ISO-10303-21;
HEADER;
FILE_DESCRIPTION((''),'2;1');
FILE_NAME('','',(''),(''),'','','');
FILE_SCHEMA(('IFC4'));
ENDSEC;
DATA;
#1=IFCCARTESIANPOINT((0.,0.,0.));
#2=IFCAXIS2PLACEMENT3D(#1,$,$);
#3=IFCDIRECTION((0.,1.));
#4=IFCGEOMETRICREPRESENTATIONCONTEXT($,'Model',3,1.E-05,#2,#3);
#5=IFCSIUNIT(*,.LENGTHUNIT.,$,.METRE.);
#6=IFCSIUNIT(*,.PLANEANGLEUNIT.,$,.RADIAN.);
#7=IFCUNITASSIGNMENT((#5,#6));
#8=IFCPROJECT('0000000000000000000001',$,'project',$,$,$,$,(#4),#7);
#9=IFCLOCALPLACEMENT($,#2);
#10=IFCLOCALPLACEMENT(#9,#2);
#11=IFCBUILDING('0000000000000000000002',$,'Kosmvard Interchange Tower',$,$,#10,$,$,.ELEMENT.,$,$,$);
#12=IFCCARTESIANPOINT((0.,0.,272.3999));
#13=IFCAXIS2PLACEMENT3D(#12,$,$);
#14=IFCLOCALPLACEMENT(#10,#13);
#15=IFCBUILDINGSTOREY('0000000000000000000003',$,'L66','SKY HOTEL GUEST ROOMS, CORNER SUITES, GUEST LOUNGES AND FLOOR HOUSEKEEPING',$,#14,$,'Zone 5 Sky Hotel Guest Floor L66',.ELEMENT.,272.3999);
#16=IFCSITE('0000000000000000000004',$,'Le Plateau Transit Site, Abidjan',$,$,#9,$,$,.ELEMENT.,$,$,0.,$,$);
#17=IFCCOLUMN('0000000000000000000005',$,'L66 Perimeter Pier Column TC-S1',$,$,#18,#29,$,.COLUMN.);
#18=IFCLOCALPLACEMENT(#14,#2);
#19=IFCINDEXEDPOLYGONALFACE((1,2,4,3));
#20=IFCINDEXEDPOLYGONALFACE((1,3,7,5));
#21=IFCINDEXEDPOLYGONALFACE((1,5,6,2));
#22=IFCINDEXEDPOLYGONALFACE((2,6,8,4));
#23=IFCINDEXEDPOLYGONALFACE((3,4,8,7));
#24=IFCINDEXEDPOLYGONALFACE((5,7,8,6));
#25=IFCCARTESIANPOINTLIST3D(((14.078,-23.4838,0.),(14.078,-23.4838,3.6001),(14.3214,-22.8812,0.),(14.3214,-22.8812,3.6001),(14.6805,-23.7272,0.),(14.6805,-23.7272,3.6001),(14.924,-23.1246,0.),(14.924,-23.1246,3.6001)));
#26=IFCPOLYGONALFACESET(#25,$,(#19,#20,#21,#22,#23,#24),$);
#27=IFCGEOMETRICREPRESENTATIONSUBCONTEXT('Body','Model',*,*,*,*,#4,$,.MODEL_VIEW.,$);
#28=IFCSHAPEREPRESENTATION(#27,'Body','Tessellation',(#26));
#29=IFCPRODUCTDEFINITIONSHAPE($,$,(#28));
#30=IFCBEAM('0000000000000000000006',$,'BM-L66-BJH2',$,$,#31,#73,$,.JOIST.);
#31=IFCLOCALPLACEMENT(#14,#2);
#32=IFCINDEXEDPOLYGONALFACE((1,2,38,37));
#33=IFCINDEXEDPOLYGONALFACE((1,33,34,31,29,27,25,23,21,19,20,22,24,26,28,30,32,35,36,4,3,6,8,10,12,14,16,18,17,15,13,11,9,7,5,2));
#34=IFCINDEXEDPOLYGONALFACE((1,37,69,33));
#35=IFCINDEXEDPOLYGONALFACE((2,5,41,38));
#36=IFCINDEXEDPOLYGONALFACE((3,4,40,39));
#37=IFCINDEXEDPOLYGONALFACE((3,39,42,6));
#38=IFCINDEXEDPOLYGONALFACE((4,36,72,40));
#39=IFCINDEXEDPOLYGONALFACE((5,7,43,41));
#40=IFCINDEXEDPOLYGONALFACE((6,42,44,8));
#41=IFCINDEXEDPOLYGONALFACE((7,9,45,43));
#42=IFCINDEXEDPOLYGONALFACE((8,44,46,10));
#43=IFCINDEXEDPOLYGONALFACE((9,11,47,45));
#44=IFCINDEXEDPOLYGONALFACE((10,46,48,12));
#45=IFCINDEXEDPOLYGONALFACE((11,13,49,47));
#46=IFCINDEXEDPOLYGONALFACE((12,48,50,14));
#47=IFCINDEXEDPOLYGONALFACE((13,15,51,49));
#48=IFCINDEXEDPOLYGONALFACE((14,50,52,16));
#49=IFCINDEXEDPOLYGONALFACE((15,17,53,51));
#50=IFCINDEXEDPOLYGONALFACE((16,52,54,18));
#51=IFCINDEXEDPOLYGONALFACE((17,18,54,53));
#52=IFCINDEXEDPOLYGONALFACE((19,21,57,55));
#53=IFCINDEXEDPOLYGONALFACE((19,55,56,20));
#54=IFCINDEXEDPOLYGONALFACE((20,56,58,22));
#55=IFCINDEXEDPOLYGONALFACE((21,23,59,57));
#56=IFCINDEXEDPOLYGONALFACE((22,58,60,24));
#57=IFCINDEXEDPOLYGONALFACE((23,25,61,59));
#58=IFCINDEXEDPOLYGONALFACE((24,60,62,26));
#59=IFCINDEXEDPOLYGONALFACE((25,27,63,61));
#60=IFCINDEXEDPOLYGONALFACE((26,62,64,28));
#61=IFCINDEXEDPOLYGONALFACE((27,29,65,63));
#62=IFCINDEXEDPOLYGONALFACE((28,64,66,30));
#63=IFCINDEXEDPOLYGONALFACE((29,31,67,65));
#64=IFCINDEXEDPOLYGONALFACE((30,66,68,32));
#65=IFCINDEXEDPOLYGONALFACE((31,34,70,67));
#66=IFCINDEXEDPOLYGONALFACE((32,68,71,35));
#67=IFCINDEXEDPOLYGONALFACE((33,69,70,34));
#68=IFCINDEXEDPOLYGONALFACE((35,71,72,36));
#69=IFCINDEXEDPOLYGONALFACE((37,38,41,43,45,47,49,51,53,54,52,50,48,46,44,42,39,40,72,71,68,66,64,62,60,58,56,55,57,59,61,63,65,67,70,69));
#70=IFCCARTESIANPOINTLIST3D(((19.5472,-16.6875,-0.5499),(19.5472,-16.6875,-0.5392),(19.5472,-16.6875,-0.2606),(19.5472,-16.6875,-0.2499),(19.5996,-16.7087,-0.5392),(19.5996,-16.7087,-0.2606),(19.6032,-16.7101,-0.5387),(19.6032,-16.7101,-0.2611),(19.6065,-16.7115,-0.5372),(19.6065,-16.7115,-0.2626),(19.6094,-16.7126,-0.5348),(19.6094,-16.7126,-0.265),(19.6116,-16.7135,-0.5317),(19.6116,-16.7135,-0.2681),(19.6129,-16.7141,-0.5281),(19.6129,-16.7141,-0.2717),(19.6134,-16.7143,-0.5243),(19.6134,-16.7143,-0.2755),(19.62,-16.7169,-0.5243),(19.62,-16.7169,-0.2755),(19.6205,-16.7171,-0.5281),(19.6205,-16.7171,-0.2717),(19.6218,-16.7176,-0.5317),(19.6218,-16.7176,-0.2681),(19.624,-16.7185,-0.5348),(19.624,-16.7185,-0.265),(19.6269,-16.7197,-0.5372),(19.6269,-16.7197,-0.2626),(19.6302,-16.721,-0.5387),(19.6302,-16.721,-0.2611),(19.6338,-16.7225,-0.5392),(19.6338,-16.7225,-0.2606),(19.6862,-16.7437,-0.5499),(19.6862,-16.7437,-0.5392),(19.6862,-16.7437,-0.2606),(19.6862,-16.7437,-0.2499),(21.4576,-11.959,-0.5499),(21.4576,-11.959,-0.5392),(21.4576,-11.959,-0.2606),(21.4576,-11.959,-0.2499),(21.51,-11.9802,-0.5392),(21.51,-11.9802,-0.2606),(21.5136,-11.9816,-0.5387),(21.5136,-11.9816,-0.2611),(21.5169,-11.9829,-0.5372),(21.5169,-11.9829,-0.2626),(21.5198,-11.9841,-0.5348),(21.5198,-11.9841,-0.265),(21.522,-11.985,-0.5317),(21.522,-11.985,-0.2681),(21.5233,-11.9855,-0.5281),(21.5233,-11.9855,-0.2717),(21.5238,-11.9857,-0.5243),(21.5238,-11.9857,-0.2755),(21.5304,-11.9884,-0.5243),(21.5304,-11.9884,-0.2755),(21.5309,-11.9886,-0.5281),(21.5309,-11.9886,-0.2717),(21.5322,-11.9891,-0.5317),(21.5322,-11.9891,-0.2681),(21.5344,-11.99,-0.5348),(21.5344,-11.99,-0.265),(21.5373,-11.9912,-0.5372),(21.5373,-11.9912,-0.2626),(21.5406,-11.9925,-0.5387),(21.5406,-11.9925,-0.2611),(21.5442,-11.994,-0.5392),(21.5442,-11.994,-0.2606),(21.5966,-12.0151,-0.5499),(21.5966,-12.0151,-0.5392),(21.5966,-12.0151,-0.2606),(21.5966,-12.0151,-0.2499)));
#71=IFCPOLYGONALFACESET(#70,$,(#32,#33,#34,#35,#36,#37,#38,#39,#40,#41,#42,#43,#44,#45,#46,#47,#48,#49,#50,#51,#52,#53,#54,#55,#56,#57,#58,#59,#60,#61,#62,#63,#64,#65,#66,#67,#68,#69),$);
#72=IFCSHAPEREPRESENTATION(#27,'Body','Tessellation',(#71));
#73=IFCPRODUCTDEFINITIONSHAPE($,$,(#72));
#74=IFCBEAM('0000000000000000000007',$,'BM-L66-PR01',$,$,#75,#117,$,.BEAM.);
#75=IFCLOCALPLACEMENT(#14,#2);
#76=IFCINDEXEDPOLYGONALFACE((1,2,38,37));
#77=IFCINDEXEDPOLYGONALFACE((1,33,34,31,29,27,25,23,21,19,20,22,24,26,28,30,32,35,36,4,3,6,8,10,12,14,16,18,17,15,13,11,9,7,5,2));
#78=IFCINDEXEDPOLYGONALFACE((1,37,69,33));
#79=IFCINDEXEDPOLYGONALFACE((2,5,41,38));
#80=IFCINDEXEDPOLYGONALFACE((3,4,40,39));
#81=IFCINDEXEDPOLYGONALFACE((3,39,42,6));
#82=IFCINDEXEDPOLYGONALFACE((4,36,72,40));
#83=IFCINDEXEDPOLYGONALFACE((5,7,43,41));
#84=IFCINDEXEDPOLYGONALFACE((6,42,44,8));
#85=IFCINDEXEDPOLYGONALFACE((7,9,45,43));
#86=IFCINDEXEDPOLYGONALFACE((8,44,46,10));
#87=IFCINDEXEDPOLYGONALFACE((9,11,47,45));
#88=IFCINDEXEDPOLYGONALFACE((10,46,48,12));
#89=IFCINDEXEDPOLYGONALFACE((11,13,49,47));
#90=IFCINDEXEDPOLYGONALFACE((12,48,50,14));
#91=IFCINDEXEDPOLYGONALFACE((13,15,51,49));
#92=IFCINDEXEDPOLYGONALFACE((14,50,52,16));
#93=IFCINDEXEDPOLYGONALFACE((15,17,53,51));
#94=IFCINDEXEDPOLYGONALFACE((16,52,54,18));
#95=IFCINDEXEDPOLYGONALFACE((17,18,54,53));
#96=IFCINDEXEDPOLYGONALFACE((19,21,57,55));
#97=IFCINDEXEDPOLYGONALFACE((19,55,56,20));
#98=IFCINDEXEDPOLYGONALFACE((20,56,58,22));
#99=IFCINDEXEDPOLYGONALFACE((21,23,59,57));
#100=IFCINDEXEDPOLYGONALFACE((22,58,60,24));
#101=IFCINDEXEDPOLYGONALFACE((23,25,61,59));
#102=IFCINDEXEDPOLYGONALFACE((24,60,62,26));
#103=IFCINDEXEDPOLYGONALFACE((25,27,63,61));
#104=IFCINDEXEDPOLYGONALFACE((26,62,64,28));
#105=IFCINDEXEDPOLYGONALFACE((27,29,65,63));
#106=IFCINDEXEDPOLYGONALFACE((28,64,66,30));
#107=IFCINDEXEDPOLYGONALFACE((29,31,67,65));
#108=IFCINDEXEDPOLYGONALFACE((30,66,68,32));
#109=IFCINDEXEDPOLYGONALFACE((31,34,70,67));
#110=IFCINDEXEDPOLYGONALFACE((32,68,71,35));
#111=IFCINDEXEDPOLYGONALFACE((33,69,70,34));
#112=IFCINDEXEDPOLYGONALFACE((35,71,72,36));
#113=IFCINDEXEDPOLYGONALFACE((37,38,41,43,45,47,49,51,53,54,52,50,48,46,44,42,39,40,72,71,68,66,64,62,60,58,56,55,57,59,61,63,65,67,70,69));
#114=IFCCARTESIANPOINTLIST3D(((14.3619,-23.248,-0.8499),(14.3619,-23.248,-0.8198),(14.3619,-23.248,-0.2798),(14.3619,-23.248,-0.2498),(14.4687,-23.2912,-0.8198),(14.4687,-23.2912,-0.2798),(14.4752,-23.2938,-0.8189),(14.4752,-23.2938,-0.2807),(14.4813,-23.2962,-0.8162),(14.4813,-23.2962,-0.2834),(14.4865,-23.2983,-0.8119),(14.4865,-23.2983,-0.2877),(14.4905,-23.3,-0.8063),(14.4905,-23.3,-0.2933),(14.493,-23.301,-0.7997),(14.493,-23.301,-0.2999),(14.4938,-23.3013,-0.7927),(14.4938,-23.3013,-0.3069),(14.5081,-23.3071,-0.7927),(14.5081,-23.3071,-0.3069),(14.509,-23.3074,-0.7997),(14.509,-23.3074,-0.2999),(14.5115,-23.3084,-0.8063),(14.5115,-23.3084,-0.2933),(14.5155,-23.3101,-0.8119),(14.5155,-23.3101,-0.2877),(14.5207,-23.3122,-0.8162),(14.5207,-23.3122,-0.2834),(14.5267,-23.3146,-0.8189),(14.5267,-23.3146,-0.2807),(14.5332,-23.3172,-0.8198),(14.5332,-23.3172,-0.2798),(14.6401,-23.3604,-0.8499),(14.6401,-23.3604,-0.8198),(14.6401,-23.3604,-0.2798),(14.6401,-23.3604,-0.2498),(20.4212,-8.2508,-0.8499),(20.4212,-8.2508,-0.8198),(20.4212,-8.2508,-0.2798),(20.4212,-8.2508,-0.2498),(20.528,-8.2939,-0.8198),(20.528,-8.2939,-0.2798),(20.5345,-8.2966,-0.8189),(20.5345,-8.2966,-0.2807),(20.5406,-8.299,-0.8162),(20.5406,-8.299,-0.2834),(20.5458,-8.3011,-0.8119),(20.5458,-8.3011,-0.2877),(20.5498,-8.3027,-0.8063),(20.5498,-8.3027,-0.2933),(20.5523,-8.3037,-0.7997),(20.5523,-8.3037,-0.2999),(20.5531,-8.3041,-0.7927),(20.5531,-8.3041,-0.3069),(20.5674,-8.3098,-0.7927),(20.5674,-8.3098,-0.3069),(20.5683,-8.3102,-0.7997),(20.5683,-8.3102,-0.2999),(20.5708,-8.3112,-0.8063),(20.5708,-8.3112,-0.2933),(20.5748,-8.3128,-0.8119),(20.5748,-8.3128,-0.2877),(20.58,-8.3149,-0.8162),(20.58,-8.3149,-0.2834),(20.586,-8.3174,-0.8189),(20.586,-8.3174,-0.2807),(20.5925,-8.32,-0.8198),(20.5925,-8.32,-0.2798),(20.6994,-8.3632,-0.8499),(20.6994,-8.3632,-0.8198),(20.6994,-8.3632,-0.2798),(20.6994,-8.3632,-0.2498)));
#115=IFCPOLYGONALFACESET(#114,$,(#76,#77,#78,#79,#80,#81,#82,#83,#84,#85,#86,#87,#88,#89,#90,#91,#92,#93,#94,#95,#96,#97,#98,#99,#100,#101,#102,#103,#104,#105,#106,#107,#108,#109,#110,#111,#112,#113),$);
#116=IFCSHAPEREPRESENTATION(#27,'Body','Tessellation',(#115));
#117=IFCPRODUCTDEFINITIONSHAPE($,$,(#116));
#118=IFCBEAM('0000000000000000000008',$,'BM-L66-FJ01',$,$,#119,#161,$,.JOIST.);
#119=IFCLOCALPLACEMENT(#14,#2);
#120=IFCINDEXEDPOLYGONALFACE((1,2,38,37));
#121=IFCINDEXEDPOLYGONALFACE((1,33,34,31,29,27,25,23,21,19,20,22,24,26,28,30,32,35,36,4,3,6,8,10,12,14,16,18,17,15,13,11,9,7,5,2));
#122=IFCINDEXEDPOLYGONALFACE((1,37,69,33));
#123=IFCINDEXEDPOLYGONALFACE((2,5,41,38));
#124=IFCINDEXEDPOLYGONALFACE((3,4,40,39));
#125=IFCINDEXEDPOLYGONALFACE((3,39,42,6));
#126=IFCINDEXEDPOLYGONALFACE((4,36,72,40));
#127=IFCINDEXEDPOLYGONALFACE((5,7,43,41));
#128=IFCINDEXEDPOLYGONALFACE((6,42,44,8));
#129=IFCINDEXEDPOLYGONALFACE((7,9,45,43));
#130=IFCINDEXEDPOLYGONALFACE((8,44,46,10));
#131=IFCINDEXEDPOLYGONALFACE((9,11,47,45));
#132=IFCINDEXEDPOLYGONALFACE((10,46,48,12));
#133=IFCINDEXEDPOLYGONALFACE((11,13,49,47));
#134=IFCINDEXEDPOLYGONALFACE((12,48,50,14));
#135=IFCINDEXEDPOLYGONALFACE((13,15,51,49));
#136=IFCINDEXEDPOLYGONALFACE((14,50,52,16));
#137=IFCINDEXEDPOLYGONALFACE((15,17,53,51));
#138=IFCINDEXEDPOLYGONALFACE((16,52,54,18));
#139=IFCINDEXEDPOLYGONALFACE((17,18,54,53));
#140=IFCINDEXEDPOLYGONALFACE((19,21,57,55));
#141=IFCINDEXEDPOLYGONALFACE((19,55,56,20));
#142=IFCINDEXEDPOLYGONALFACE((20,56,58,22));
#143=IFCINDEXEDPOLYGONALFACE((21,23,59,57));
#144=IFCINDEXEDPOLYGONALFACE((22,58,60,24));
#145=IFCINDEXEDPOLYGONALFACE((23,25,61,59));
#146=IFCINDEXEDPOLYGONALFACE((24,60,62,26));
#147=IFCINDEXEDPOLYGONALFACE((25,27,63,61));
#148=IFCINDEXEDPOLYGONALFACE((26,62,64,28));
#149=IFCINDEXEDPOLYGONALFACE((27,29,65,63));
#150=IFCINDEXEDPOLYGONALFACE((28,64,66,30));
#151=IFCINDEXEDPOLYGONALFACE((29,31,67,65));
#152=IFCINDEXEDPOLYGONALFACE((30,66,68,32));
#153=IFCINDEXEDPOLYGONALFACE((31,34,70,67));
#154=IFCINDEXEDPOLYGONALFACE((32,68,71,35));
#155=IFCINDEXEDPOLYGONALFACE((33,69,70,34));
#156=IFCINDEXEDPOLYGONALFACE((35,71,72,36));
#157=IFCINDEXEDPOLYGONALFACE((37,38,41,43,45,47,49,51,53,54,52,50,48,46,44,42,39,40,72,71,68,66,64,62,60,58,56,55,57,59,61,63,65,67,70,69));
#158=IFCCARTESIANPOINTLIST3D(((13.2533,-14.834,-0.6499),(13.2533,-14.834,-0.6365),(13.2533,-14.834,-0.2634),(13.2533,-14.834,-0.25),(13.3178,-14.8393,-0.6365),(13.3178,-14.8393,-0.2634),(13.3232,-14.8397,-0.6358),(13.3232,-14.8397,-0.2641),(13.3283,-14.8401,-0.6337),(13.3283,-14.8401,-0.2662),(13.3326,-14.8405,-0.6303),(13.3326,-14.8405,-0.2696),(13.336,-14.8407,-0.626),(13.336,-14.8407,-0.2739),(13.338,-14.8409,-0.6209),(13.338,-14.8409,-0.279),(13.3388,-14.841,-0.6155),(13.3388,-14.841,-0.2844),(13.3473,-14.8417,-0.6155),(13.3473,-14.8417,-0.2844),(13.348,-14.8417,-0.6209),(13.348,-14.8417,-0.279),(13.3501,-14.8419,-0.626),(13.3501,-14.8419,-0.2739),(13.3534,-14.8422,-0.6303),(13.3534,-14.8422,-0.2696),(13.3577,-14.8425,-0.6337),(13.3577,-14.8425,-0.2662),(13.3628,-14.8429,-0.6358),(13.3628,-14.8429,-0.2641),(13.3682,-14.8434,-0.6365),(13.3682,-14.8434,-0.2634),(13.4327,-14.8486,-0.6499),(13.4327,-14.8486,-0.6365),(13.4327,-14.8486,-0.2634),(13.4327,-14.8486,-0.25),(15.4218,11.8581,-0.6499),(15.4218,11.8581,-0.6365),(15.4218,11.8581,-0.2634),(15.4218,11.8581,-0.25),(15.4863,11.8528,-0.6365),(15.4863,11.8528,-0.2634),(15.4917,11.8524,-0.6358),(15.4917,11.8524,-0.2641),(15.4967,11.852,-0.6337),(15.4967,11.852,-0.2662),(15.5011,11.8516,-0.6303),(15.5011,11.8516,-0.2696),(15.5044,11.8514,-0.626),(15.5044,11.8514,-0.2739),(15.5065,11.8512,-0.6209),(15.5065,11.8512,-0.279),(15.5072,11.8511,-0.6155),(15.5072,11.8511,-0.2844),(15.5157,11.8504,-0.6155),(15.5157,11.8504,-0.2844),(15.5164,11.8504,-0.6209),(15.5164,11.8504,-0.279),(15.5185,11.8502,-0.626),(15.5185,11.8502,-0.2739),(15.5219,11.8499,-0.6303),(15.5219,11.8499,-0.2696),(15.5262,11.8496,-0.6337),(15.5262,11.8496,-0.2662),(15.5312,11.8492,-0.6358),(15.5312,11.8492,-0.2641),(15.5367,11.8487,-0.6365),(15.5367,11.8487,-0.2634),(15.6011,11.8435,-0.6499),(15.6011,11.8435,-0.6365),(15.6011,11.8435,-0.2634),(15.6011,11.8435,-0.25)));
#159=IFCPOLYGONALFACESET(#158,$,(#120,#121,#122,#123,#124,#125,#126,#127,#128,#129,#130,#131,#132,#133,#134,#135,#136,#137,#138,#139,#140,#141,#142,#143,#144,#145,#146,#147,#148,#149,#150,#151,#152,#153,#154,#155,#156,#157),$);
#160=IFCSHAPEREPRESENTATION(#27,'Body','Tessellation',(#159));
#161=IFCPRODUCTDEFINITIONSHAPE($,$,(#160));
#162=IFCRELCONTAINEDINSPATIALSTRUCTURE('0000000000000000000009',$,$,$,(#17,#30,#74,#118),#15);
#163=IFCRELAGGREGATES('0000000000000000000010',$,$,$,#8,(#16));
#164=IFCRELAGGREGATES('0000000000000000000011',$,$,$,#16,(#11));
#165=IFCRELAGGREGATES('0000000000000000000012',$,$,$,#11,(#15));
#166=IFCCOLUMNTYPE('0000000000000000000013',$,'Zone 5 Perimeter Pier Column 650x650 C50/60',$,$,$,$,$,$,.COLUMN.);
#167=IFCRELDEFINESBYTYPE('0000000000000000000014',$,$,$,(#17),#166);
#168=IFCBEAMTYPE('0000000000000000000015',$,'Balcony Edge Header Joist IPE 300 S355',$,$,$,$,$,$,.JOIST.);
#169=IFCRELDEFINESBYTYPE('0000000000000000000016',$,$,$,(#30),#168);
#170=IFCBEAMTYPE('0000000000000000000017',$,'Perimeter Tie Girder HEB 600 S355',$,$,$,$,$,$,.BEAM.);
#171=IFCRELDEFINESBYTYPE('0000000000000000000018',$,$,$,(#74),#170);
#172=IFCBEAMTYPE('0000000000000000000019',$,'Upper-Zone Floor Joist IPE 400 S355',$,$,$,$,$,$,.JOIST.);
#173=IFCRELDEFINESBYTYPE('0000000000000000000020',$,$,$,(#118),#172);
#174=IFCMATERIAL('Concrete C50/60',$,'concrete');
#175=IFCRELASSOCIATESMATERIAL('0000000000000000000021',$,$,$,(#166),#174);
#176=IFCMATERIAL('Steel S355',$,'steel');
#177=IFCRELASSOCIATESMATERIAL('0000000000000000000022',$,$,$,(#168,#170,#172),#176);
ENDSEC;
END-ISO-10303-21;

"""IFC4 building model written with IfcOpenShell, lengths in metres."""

from ifc_helpers import new_model, si_unit, direction, frame, origin, origin_2d, place, context, subcontext, project, spatial, rectangle, i_section, extrude, source, transform, mapped, material, material_profile, profile_set, type_object, element, save


model = new_model("IFC4")

# Units and contexts
model_context = context("Model", 3, precision=1e-05, world=origin(), true_north=direction((0.0, 1.0)))
body_context = subcontext(model_context, "Body", "Model", "MODEL_VIEW")
ifc_project = project(units=[si_unit("LENGTHUNIT", "METRE"), si_unit("PLANEANGLEUNIT", "RADIAN")], contexts=[model_context])

# Site, building, storey
site_placement = place(None, origin())
site = spatial("IfcSite", under=ifc_project, at=site_placement, Name="Le Plateau Transit Site, Abidjan", CompositionType="ELEMENT", RefElevation=0.0)
building_placement = place(site_placement, origin())
building = spatial("IfcBuilding", under=site, at=building_placement, Name="Kosmvard Interchange Tower", CompositionType="ELEMENT")
storey_placement = place(building_placement, frame((0.0, 0.0, 272.3999)))
storey = spatial("IfcBuildingStorey", under=building, at=storey_placement, Name="L66", Description="SKY HOTEL GUEST ROOMS, CORNER SUITES, GUEST LOUNGES AND FLOOR HOUSEKEEPING", LongName="Zone 5 Sky Hotel Guest Floor L66", CompositionType="ELEMENT", Elevation=272.3999)

# Column
ifc_material_1 = material(Name="Concrete C50/60", Category="concrete")
ifc_material_profile_1 = material_profile(ifc_material_1, rectangle(XDim=0.6499, YDim=0.6499, at=origin_2d()), Name="TC 650x650")
ifc_profile_set_1 = profile_set([ifc_material_profile_1], Name="Concrete C50/60")
column_type = type_object("IfcColumnType", Name="Zone 5 Perimeter Pier Column 650x650 C50/60", PredefinedType="COLUMN", material=ifc_profile_set_1)
shared_shape_1 = source(origin(), body_context, "Body", "SweptSolid", [
    extrude(rectangle(XDim=0.6499, YDim=0.6499, at=origin_2d()), origin(), (0.0, 0.0, 1.0), 3.6001),
])
column_placement = place(storey_placement, frame((14.501, -23.3042, 0.0), z_axis=(0.0, 0.0, 1.0), x_axis=(0.374607, 0.927184, 0.0)))
element("IfcColumn", 1, at=column_placement, inside=storey, type_object=column_type, Name="L66 Perimeter Pier Column TC-S1", PredefinedType="COLUMN", context=body_context, shape_type="MappedRepresentation", body=[
    mapped(shared_shape_1, transform((0.0, 0.0, 0.0), scale=1.0)),
])

# Beams
ifc_material_2 = material(Name="Steel S355", Category="steel")
ifc_material_profile_2 = material_profile(ifc_material_2, i_section(OverallWidth=0.1499, OverallDepth=0.3, WebThickness=0.0071, FlangeThickness=0.0107, FilletRadius=0.0149, at=origin_2d()), Name="IPE 300")
ifc_profile_set_2 = profile_set([ifc_material_profile_2], Name="Steel S355")
beam_type_1 = type_object("IfcBeamType", Name="Balcony Edge Header Joist IPE 300 S355", PredefinedType="JOIST", material=ifc_profile_set_2)
shared_shape_2 = source(origin(), body_context, "Body", "SweptSolid", [
    extrude(i_section(OverallWidth=0.1499, OverallDepth=0.3, WebThickness=0.0071, FlangeThickness=0.0107, FilletRadius=0.0149, at=origin_2d()), origin(), (0.0, 0.0, 1.0), 5.0999),
])
beam_1_placement = place(storey_placement, frame((19.6167, -16.7156, -0.3999), z_axis=(0.374599, 0.927187, 0.0), x_axis=(-0.927187, 0.374599, 0.0)))
element("IfcBeam", 2, at=beam_1_placement, inside=storey, type_object=beam_type_1, Name="BM-L66-BJH2", PredefinedType="JOIST", context=body_context, shape_type="MappedRepresentation", body=[
    mapped(shared_shape_2, transform((0.0, 0.0, 0.0), scale=1.0)),
])
ifc_material_profile_3 = material_profile(ifc_material_2, i_section(OverallWidth=0.3, OverallDepth=0.6001, WebThickness=0.0154, FlangeThickness=0.03, FilletRadius=0.0271, at=origin_2d()), Name="HEB 600")
ifc_profile_set_3 = profile_set([ifc_material_profile_3], Name="Steel S355")
beam_type_2 = type_object("IfcBeamType", Name="Perimeter Tie Girder HEB 600 S355", PredefinedType="BEAM", material=ifc_profile_set_3)
shared_shape_3 = source(origin(), body_context, "Body", "SweptSolid", [
    extrude(i_section(OverallWidth=0.3, OverallDepth=0.6001, WebThickness=0.0154, FlangeThickness=0.03, FilletRadius=0.0271, at=origin_2d()), origin(), (0.0, 0.0, 1.0), 16.175),
])
beam_2_placement = place(storey_placement, frame((14.501, -23.3042, -0.5498), z_axis=(0.374608, 0.927183, 0.0), x_axis=(-0.927183, 0.374608, 0.0)))
element("IfcBeam", 3, at=beam_2_placement, inside=storey, type_object=beam_type_2, Name="BM-L66-PR01", PredefinedType="BEAM", context=body_context, shape_type="MappedRepresentation", body=[
    mapped(shared_shape_3, transform((0.0, 0.0, 0.0), scale=1.0)),
])
ifc_material_profile_4 = material_profile(ifc_material_2, i_section(OverallWidth=0.1799, OverallDepth=0.3999, WebThickness=0.0085, FlangeThickness=0.0134, FilletRadius=0.021, at=origin_2d()), Name="IPE 400")
ifc_profile_set_4 = profile_set([ifc_material_profile_4], Name="Steel S355")
beam_type_3 = type_object("IfcBeamType", Name="Upper-Zone Floor Joist IPE 400 S355", PredefinedType="JOIST", material=ifc_profile_set_4)
shared_shape_4 = source(origin(), body_context, "Body", "SweptSolid", [
    extrude(i_section(OverallWidth=0.1799, OverallDepth=0.3999, WebThickness=0.0085, FlangeThickness=0.0134, FilletRadius=0.021, at=origin_2d()), origin(), (0.0, 0.0, 1.0), 26.78),
])
beam_3_placement = place(storey_placement, frame((13.343, -14.8413, -0.45), z_axis=(0.080973, 0.996716, 0.0), x_axis=(-0.996716, 0.080973, 0.0)))
element("IfcBeam", 4, at=beam_3_placement, inside=storey, type_object=beam_type_3, Name="BM-L66-FJ01", PredefinedType="JOIST", context=body_context, shape_type="MappedRepresentation", body=[
    mapped(shared_shape_4, transform((0.0, 0.0, 0.0), scale=1.0)),
])

save(model, "model.ifc")
